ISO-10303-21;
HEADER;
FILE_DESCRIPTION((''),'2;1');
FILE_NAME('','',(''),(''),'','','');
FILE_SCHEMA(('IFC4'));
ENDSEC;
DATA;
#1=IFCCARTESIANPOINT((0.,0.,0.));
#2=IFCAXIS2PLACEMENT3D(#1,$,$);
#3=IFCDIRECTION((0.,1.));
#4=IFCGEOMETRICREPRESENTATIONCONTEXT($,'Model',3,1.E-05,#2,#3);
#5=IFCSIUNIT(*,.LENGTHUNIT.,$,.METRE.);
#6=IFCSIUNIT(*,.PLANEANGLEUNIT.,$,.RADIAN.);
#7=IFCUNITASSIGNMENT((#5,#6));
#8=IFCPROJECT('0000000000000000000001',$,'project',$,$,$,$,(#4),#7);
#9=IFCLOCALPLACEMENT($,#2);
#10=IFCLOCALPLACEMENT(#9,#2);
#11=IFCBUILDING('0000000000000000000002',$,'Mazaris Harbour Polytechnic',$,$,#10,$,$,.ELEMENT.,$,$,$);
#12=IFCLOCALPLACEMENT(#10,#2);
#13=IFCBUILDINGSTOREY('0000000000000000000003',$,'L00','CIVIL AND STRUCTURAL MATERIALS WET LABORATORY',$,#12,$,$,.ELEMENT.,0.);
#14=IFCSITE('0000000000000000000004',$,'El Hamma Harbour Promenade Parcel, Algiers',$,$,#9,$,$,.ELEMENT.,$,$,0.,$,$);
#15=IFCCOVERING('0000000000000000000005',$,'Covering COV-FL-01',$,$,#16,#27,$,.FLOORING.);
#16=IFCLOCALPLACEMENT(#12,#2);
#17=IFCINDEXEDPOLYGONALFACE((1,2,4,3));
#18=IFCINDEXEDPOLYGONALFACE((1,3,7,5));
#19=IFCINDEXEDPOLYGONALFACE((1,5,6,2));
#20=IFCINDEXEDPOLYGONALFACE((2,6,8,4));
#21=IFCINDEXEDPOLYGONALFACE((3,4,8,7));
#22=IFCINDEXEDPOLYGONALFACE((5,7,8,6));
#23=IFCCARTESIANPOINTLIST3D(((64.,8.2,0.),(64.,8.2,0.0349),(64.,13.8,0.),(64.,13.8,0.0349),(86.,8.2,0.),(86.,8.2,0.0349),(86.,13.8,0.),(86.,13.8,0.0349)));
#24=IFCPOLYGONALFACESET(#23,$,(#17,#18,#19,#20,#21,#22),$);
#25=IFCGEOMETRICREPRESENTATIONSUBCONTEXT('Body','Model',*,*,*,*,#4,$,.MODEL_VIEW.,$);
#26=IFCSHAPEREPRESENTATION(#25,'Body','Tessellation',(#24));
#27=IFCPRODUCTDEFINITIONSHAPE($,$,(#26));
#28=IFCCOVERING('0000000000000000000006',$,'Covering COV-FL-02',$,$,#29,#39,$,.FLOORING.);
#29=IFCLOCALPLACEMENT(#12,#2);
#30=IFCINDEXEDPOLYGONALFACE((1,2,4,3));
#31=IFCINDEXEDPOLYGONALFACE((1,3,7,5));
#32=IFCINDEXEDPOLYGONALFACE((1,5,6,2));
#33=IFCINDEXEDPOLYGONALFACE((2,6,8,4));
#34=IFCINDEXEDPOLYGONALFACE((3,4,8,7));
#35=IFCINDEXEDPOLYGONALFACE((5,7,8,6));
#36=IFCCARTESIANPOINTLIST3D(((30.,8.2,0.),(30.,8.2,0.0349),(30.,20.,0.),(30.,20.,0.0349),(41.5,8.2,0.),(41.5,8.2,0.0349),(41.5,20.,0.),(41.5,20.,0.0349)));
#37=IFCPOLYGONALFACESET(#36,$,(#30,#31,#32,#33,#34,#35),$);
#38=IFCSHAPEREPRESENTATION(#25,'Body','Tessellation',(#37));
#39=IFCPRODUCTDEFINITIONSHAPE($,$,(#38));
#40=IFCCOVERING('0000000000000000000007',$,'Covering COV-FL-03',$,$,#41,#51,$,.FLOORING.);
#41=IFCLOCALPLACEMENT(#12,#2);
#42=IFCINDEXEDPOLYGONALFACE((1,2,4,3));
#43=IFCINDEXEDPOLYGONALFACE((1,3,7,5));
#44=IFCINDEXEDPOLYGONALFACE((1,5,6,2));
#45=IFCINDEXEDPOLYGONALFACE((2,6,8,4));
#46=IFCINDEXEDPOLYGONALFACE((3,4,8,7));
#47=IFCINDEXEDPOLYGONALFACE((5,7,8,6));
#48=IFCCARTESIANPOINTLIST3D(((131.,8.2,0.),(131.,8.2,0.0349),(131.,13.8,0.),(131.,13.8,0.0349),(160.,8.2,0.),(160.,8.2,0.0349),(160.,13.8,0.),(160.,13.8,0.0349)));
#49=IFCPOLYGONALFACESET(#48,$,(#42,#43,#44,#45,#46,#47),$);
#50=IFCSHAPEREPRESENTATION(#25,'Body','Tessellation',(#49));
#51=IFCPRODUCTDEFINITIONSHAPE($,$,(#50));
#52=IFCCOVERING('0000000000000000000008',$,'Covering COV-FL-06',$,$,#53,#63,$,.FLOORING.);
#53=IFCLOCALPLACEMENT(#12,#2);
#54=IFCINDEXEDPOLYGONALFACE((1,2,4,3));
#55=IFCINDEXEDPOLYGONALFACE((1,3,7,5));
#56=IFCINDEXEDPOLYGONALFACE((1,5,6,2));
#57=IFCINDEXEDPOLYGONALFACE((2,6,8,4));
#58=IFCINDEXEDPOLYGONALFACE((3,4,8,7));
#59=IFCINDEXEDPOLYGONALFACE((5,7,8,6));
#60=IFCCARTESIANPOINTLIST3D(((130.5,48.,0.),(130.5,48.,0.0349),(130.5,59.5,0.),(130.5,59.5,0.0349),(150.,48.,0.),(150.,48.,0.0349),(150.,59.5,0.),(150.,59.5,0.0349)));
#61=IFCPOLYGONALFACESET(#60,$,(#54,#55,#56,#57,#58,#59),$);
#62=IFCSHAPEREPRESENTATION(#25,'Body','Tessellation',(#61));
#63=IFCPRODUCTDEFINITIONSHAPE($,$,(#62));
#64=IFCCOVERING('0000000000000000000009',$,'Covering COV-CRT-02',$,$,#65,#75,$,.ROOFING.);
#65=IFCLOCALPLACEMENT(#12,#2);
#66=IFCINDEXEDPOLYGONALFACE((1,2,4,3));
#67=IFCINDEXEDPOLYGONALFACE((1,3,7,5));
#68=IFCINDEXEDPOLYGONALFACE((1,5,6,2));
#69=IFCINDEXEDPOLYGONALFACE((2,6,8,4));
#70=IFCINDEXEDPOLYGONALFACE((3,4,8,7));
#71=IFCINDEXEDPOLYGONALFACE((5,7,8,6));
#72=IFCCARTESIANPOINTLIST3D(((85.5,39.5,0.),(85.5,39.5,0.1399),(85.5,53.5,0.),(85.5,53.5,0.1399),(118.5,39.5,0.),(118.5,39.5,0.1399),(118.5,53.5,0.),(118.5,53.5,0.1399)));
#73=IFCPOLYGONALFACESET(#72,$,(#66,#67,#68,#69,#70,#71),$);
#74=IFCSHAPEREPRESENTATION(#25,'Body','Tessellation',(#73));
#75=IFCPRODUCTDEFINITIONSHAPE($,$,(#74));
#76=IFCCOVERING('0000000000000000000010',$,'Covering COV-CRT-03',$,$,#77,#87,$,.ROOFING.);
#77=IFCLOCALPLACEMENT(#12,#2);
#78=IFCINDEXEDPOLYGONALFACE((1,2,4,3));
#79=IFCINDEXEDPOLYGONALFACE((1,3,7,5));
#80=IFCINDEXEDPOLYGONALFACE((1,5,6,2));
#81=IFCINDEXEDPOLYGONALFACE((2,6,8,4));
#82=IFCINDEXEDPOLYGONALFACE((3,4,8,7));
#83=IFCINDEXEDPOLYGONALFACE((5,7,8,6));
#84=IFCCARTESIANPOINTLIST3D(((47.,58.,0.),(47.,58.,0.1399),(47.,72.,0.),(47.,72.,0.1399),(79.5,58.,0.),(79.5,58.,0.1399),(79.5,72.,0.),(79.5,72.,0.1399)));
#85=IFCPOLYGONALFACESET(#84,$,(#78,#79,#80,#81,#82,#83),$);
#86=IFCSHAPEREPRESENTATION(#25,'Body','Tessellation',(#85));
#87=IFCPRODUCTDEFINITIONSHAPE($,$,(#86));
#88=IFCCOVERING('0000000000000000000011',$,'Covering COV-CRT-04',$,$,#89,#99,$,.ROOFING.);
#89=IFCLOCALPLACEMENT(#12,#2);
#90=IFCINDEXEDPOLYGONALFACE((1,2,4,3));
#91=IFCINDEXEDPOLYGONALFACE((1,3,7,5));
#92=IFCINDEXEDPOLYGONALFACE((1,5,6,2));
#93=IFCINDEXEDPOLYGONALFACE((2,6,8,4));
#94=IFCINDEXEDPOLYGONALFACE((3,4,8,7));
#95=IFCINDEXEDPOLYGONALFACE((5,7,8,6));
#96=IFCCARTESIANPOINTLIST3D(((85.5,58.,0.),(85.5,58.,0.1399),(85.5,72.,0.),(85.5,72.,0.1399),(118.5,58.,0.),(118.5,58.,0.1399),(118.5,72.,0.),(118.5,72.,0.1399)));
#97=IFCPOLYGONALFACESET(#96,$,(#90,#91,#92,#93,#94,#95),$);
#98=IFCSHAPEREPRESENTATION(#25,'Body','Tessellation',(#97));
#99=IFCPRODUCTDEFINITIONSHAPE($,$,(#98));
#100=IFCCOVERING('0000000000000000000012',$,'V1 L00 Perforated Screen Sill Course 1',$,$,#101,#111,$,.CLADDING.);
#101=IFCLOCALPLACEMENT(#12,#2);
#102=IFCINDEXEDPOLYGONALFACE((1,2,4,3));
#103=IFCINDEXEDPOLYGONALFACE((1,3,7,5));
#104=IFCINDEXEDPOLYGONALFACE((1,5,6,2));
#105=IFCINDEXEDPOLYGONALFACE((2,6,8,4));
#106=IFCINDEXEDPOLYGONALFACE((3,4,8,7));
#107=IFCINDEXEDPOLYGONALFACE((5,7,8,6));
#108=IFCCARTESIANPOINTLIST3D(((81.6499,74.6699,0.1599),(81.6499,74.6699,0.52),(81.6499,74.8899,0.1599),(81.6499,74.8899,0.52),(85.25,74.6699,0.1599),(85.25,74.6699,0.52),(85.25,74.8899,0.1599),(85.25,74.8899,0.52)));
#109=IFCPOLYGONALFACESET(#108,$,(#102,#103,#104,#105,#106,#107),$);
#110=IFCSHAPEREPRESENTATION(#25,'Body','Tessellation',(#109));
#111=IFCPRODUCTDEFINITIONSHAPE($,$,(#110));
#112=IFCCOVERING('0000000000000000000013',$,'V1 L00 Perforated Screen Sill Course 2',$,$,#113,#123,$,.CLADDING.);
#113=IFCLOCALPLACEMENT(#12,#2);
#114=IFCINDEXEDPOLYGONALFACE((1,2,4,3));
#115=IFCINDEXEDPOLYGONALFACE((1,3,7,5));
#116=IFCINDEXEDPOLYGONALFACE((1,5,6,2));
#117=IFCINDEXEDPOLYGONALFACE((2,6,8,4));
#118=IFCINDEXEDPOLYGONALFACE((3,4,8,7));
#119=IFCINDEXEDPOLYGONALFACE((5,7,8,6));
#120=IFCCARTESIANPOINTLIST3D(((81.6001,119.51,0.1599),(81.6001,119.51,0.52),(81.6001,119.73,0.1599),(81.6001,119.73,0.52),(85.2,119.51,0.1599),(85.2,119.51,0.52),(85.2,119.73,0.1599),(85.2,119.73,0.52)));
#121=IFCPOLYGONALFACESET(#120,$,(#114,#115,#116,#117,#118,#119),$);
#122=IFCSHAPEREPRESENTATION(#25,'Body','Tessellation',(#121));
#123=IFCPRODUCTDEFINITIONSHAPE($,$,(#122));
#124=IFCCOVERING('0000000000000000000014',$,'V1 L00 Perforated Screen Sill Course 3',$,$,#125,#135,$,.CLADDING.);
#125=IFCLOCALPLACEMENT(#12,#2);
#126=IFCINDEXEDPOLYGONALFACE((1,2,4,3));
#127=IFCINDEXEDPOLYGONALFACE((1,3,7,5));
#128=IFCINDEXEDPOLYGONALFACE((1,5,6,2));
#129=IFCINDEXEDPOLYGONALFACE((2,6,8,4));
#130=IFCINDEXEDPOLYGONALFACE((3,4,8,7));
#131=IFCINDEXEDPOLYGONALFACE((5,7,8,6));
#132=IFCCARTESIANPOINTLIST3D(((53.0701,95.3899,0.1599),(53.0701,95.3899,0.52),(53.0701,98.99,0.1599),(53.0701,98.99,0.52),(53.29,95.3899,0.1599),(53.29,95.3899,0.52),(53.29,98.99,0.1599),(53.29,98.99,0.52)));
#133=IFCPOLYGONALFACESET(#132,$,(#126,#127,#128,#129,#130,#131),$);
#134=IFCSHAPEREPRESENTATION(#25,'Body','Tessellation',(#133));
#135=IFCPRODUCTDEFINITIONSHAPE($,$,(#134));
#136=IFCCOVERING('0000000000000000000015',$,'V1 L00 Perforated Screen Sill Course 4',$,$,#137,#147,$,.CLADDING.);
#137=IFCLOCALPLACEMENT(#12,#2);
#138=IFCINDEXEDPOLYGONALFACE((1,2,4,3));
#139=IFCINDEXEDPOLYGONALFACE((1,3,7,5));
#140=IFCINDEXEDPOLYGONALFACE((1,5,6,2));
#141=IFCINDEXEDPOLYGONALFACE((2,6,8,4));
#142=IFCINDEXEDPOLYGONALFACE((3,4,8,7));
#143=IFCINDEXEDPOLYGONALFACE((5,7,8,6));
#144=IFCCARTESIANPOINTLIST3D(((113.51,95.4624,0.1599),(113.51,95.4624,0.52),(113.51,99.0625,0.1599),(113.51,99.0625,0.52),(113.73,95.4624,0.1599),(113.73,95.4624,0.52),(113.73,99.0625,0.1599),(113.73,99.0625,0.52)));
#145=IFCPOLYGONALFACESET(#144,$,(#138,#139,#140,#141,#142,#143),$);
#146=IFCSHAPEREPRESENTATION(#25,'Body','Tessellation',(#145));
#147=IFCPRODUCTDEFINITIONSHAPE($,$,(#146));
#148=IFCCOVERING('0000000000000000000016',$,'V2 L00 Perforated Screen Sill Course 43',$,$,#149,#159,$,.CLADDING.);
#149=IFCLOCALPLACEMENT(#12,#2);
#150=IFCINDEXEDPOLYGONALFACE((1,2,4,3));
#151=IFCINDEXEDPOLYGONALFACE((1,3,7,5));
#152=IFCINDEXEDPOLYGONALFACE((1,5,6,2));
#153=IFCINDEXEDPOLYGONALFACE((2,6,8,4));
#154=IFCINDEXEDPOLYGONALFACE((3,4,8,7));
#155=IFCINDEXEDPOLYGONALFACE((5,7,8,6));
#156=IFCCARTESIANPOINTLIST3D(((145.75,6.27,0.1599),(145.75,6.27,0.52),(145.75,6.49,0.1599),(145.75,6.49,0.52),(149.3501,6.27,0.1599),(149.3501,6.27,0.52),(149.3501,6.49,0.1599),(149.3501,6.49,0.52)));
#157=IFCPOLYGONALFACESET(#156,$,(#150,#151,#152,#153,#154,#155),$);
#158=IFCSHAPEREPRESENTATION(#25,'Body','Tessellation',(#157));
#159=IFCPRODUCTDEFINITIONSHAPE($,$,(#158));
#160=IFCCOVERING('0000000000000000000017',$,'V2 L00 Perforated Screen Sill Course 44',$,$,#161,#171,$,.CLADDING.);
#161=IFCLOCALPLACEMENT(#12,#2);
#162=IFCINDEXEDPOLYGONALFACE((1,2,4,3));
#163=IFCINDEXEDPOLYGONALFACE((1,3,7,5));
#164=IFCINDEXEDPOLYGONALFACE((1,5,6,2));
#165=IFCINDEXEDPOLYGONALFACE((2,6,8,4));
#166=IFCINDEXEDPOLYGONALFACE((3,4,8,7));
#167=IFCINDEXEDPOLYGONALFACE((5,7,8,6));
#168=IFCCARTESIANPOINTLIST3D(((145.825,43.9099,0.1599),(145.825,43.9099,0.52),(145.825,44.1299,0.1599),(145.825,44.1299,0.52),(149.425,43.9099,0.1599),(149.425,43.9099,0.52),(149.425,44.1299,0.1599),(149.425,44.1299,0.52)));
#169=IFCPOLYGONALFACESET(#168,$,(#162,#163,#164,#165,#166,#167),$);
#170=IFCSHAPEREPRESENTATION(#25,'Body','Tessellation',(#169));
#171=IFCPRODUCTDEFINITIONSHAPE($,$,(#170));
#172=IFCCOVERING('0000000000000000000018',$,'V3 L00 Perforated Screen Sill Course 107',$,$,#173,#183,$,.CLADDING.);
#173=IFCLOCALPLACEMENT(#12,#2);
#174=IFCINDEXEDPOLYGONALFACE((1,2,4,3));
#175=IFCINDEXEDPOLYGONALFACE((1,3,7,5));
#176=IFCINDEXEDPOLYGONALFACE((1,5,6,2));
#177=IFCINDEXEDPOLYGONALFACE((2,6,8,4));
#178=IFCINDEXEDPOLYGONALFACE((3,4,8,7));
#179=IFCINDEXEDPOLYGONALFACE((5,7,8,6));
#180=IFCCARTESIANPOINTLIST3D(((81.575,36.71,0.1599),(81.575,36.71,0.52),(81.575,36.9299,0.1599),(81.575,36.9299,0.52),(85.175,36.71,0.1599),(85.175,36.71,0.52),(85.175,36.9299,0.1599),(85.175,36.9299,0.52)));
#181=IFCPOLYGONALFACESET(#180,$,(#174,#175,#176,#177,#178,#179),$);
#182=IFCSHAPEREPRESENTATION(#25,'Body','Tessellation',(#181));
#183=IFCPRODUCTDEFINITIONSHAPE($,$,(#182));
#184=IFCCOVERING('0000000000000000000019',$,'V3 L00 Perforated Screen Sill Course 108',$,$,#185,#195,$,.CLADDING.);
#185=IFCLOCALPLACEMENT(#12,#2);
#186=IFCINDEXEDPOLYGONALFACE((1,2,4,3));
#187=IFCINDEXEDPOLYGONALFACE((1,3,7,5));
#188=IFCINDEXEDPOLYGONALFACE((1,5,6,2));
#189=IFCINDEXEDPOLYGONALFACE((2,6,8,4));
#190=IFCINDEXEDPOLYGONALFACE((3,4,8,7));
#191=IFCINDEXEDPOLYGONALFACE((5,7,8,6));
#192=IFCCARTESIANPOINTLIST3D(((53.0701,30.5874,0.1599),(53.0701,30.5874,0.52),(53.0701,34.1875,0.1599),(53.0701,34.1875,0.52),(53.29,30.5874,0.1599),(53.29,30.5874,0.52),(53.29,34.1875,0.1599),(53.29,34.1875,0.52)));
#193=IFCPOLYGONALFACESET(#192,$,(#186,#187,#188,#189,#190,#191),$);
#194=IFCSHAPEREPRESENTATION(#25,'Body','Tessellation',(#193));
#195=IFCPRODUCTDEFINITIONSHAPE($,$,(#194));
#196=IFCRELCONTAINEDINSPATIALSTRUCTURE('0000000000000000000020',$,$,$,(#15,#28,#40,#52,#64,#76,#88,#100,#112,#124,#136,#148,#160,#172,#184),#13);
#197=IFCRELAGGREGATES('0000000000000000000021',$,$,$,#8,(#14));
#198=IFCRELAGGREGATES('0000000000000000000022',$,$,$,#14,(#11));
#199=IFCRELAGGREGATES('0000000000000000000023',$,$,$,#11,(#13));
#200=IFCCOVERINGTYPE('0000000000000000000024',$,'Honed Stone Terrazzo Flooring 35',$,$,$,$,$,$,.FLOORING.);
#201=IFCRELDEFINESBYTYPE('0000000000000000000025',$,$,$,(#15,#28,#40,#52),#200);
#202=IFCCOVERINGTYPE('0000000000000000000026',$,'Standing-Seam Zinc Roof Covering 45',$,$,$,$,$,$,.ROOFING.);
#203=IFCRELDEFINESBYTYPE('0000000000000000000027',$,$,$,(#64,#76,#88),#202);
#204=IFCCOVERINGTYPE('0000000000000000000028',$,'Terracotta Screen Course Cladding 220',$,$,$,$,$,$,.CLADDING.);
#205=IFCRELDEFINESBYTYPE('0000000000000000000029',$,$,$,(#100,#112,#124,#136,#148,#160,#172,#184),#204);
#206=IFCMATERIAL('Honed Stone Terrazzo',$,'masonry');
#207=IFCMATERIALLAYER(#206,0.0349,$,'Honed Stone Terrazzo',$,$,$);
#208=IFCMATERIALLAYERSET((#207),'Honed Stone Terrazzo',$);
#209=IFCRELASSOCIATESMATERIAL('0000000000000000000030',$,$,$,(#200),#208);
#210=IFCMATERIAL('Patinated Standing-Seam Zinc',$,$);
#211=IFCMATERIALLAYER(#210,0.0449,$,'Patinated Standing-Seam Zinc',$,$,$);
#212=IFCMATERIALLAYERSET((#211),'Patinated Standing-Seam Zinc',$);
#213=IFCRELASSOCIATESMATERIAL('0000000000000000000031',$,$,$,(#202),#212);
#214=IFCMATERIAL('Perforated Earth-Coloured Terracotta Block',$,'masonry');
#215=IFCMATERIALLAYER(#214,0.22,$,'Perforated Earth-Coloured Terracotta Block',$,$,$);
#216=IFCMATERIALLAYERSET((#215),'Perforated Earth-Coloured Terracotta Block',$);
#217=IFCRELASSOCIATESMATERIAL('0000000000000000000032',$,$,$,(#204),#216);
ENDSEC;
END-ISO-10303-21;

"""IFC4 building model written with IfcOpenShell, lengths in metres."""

from ifc_helpers import new_model, si_unit, direction, frame, origin, place, context, subcontext, project, spatial, polyline, outline, extrude, material, layer, layer_set, type_object, element, save


model = new_model("IFC4")

# Units and contexts
model_context = context("Model", 3, precision=1e-05, world=origin(), true_north=direction((0.0, 1.0)))
body_context = subcontext(model_context, "Body", "Model", "MODEL_VIEW")
ifc_project = project(units=[si_unit("LENGTHUNIT", "METRE"), si_unit("PLANEANGLEUNIT", "RADIAN")], contexts=[model_context])

# Site, building, storey
site_placement = place(None, origin())
site = spatial("IfcSite", under=ifc_project, at=site_placement, Name="El Hamma Harbour Promenade Parcel, Algiers", CompositionType="ELEMENT", RefElevation=0.0)
building_placement = place(site_placement, origin())
building = spatial("IfcBuilding", under=site, at=building_placement, Name="Mazaris Harbour Polytechnic", CompositionType="ELEMENT")
storey_placement = place(building_placement, origin())
storey = spatial("IfcBuildingStorey", under=building, at=storey_placement, Name="L00", Description="CIVIL AND STRUCTURAL MATERIALS WET LABORATORY", CompositionType="ELEMENT", Elevation=0.0)

# Coverings
ifc_material_1 = material(Name="Honed Stone Terrazzo", Category="masonry")
ifc_layer_1 = layer(ifc_material_1, 0.0349, Name="Honed Stone Terrazzo")
ifc_layer_set_1 = layer_set([ifc_layer_1], Name="Honed Stone Terrazzo")
covering_type_1 = type_object("IfcCoveringType", Name="Honed Stone Terrazzo Flooring 35", PredefinedType="FLOORING", material=ifc_layer_set_1)
covering_1_placement = place(storey_placement, origin())
element("IfcCovering", 1, at=covering_1_placement, inside=storey, type_object=covering_type_1, Name="Covering COV-FL-01", PredefinedType="FLOORING", context=body_context, shape_type="SweptSolid", body=[
    extrude(outline(polyline([(64.0, 8.2), (86.0, 8.2), (86.0, 13.8), (64.0, 13.8), (64.0, 8.2)])), origin(), (0.0, 0.0, 1.0), 0.0349),
])
covering_2_placement = place(storey_placement, origin())
element("IfcCovering", 2, at=covering_2_placement, inside=storey, type_object=covering_type_1, Name="Covering COV-FL-02", PredefinedType="FLOORING", context=body_context, shape_type="SweptSolid", body=[
    extrude(outline(polyline([(30.0, 8.2), (41.5, 8.2), (41.5, 20.0), (30.0, 20.0), (30.0, 8.2)])), origin(), (0.0, 0.0, 1.0), 0.0349),
])
covering_3_placement = place(storey_placement, origin())
element("IfcCovering", 3, at=covering_3_placement, inside=storey, type_object=covering_type_1, Name="Covering COV-FL-03", PredefinedType="FLOORING", context=body_context, shape_type="SweptSolid", body=[
    extrude(outline(polyline([(131.0, 8.2), (160.0, 8.2), (160.0, 13.8), (131.0, 13.8), (131.0, 8.2)])), origin(), (0.0, 0.0, 1.0), 0.0349),
])
covering_4_placement = place(storey_placement, origin())
element("IfcCovering", 4, at=covering_4_placement, inside=storey, type_object=covering_type_1, Name="Covering COV-FL-06", PredefinedType="FLOORING", context=body_context, shape_type="SweptSolid", body=[
    extrude(outline(polyline([(130.5, 48.0), (150.0, 48.0), (150.0, 59.5), (130.5, 59.5), (130.5, 48.0)])), origin(), (0.0, 0.0, 1.0), 0.0349),
])
ifc_material_2 = material(Name="Patinated Standing-Seam Zinc")
ifc_layer_2 = layer(ifc_material_2, 0.0449, Name="Patinated Standing-Seam Zinc")
ifc_layer_set_2 = layer_set([ifc_layer_2], Name="Patinated Standing-Seam Zinc")
covering_type_2 = type_object("IfcCoveringType", Name="Standing-Seam Zinc Roof Covering 45", PredefinedType="ROOFING", material=ifc_layer_set_2)
covering_5_placement = place(storey_placement, origin())
element("IfcCovering", 5, at=covering_5_placement, inside=storey, type_object=covering_type_2, Name="Covering COV-CRT-02", PredefinedType="ROOFING", context=body_context, shape_type="SweptSolid", body=[
    extrude(outline(polyline([(85.5, 39.5), (118.5, 39.5), (118.5, 53.5), (85.5, 53.5), (85.5, 39.5)])), origin(), (0.0, 0.0, 1.0), 0.1399),
])
covering_6_placement = place(storey_placement, origin())
element("IfcCovering", 6, at=covering_6_placement, inside=storey, type_object=covering_type_2, Name="Covering COV-CRT-03", PredefinedType="ROOFING", context=body_context, shape_type="SweptSolid", body=[
    extrude(outline(polyline([(47.0, 58.0), (79.5, 58.0), (79.5, 72.0), (47.0, 72.0), (47.0, 58.0)])), origin(), (0.0, 0.0, 1.0), 0.1399),
])
covering_7_placement = place(storey_placement, origin())
element("IfcCovering", 7, at=covering_7_placement, inside=storey, type_object=covering_type_2, Name="Covering COV-CRT-04", PredefinedType="ROOFING", context=body_context, shape_type="SweptSolid", body=[
    extrude(outline(polyline([(85.5, 58.0), (118.5, 58.0), (118.5, 72.0), (85.5, 72.0), (85.5, 58.0)])), origin(), (0.0, 0.0, 1.0), 0.1399),
])
ifc_material_3 = material(Name="Perforated Earth-Coloured Terracotta Block", Category="masonry")
ifc_layer_3 = layer(ifc_material_3, 0.22, Name="Perforated Earth-Coloured Terracotta Block")
ifc_layer_set_3 = layer_set([ifc_layer_3], Name="Perforated Earth-Coloured Terracotta Block")
covering_type_3 = type_object("IfcCoveringType", Name="Terracotta Screen Course Cladding 220", PredefinedType="CLADDING", material=ifc_layer_set_3)
covering_8_placement = place(storey_placement, frame((0.0, 0.0, 0.1599)))
element("IfcCovering", 8, at=covering_8_placement, inside=storey, type_object=covering_type_3, Name="V1 L00 Perforated Screen Sill Course 1", PredefinedType="CLADDING", context=body_context, shape_type="SweptSolid", body=[
    extrude(outline(polyline([(85.25, 74.8899), (81.6499, 74.8899), (81.6499, 74.6699), (85.25, 74.6699), (85.25, 74.8899)])), origin(), (0.0, 0.0, 1.0), 0.3601),
])
covering_9_placement = place(storey_placement, frame((0.0, 0.0, 0.1599)))
element("IfcCovering", 9, at=covering_9_placement, inside=storey, type_object=covering_type_3, Name="V1 L00 Perforated Screen Sill Course 2", PredefinedType="CLADDING", context=body_context, shape_type="SweptSolid", body=[
    extrude(outline(polyline([(81.6001, 119.51), (85.2, 119.51), (85.2, 119.73), (81.6001, 119.73), (81.6001, 119.51)])), origin(), (0.0, 0.0, 1.0), 0.3601),
])
covering_10_placement = place(storey_placement, frame((0.0, 0.0, 0.1599)))
element("IfcCovering", 10, at=covering_10_placement, inside=storey, type_object=covering_type_3, Name="V1 L00 Perforated Screen Sill Course 3", PredefinedType="CLADDING", context=body_context, shape_type="SweptSolid", body=[
    extrude(outline(polyline([(53.29, 95.3899), (53.29, 98.99), (53.0701, 98.99), (53.0701, 95.3899), (53.29, 95.3899)])), origin(), (0.0, 0.0, 1.0), 0.3601),
])
covering_11_placement = place(storey_placement, frame((0.0, 0.0, 0.1599)))
element("IfcCovering", 11, at=covering_11_placement, inside=storey, type_object=covering_type_3, Name="V1 L00 Perforated Screen Sill Course 4", PredefinedType="CLADDING", context=body_context, shape_type="SweptSolid", body=[
    extrude(outline(polyline([(113.51, 99.0625), (113.51, 95.4624), (113.73, 95.4624), (113.73, 99.0625), (113.51, 99.0625)])), origin(), (0.0, 0.0, 1.0), 0.3601),
])
covering_12_placement = place(storey_placement, frame((0.0, 0.0, 0.1599)))
element("IfcCovering", 12, at=covering_12_placement, inside=storey, type_object=covering_type_3, Name="V2 L00 Perforated Screen Sill Course 43", PredefinedType="CLADDING", context=body_context, shape_type="SweptSolid", body=[
    extrude(outline(polyline([(149.3501, 6.49), (145.75, 6.49), (145.75, 6.27), (149.3501, 6.27), (149.3501, 6.49)])), origin(), (0.0, 0.0, 1.0), 0.3601),
])
covering_13_placement = place(storey_placement, frame((0.0, 0.0, 0.1599)))
element("IfcCovering", 13, at=covering_13_placement, inside=storey, type_object=covering_type_3, Name="V2 L00 Perforated Screen Sill Course 44", PredefinedType="CLADDING", context=body_context, shape_type="SweptSolid", body=[
    extrude(outline(polyline([(145.825, 43.9099), (149.425, 43.9099), (149.425, 44.1299), (145.825, 44.1299), (145.825, 43.9099)])), origin(), (0.0, 0.0, 1.0), 0.3601),
])
covering_14_placement = place(storey_placement, frame((0.0, 0.0, 0.1599)))
element("IfcCovering", 14, at=covering_14_placement, inside=storey, type_object=covering_type_3, Name="V3 L00 Perforated Screen Sill Course 107", PredefinedType="CLADDING", context=body_context, shape_type="SweptSolid", body=[
    extrude(outline(polyline([(81.575, 36.71), (85.175, 36.71), (85.175, 36.9299), (81.575, 36.9299), (81.575, 36.71)])), origin(), (0.0, 0.0, 1.0), 0.3601),
])
covering_15_placement = place(storey_placement, frame((0.0, 0.0, 0.1599)))
element("IfcCovering", 15, at=covering_15_placement, inside=storey, type_object=covering_type_3, Name="V3 L00 Perforated Screen Sill Course 108", PredefinedType="CLADDING", context=body_context, shape_type="SweptSolid", body=[
    extrude(outline(polyline([(53.29, 30.5874), (53.29, 34.1875), (53.0701, 34.1875), (53.0701, 30.5874), (53.29, 30.5874)])), origin(), (0.0, 0.0, 1.0), 0.3601),
])

save(model, "model.ifc")
